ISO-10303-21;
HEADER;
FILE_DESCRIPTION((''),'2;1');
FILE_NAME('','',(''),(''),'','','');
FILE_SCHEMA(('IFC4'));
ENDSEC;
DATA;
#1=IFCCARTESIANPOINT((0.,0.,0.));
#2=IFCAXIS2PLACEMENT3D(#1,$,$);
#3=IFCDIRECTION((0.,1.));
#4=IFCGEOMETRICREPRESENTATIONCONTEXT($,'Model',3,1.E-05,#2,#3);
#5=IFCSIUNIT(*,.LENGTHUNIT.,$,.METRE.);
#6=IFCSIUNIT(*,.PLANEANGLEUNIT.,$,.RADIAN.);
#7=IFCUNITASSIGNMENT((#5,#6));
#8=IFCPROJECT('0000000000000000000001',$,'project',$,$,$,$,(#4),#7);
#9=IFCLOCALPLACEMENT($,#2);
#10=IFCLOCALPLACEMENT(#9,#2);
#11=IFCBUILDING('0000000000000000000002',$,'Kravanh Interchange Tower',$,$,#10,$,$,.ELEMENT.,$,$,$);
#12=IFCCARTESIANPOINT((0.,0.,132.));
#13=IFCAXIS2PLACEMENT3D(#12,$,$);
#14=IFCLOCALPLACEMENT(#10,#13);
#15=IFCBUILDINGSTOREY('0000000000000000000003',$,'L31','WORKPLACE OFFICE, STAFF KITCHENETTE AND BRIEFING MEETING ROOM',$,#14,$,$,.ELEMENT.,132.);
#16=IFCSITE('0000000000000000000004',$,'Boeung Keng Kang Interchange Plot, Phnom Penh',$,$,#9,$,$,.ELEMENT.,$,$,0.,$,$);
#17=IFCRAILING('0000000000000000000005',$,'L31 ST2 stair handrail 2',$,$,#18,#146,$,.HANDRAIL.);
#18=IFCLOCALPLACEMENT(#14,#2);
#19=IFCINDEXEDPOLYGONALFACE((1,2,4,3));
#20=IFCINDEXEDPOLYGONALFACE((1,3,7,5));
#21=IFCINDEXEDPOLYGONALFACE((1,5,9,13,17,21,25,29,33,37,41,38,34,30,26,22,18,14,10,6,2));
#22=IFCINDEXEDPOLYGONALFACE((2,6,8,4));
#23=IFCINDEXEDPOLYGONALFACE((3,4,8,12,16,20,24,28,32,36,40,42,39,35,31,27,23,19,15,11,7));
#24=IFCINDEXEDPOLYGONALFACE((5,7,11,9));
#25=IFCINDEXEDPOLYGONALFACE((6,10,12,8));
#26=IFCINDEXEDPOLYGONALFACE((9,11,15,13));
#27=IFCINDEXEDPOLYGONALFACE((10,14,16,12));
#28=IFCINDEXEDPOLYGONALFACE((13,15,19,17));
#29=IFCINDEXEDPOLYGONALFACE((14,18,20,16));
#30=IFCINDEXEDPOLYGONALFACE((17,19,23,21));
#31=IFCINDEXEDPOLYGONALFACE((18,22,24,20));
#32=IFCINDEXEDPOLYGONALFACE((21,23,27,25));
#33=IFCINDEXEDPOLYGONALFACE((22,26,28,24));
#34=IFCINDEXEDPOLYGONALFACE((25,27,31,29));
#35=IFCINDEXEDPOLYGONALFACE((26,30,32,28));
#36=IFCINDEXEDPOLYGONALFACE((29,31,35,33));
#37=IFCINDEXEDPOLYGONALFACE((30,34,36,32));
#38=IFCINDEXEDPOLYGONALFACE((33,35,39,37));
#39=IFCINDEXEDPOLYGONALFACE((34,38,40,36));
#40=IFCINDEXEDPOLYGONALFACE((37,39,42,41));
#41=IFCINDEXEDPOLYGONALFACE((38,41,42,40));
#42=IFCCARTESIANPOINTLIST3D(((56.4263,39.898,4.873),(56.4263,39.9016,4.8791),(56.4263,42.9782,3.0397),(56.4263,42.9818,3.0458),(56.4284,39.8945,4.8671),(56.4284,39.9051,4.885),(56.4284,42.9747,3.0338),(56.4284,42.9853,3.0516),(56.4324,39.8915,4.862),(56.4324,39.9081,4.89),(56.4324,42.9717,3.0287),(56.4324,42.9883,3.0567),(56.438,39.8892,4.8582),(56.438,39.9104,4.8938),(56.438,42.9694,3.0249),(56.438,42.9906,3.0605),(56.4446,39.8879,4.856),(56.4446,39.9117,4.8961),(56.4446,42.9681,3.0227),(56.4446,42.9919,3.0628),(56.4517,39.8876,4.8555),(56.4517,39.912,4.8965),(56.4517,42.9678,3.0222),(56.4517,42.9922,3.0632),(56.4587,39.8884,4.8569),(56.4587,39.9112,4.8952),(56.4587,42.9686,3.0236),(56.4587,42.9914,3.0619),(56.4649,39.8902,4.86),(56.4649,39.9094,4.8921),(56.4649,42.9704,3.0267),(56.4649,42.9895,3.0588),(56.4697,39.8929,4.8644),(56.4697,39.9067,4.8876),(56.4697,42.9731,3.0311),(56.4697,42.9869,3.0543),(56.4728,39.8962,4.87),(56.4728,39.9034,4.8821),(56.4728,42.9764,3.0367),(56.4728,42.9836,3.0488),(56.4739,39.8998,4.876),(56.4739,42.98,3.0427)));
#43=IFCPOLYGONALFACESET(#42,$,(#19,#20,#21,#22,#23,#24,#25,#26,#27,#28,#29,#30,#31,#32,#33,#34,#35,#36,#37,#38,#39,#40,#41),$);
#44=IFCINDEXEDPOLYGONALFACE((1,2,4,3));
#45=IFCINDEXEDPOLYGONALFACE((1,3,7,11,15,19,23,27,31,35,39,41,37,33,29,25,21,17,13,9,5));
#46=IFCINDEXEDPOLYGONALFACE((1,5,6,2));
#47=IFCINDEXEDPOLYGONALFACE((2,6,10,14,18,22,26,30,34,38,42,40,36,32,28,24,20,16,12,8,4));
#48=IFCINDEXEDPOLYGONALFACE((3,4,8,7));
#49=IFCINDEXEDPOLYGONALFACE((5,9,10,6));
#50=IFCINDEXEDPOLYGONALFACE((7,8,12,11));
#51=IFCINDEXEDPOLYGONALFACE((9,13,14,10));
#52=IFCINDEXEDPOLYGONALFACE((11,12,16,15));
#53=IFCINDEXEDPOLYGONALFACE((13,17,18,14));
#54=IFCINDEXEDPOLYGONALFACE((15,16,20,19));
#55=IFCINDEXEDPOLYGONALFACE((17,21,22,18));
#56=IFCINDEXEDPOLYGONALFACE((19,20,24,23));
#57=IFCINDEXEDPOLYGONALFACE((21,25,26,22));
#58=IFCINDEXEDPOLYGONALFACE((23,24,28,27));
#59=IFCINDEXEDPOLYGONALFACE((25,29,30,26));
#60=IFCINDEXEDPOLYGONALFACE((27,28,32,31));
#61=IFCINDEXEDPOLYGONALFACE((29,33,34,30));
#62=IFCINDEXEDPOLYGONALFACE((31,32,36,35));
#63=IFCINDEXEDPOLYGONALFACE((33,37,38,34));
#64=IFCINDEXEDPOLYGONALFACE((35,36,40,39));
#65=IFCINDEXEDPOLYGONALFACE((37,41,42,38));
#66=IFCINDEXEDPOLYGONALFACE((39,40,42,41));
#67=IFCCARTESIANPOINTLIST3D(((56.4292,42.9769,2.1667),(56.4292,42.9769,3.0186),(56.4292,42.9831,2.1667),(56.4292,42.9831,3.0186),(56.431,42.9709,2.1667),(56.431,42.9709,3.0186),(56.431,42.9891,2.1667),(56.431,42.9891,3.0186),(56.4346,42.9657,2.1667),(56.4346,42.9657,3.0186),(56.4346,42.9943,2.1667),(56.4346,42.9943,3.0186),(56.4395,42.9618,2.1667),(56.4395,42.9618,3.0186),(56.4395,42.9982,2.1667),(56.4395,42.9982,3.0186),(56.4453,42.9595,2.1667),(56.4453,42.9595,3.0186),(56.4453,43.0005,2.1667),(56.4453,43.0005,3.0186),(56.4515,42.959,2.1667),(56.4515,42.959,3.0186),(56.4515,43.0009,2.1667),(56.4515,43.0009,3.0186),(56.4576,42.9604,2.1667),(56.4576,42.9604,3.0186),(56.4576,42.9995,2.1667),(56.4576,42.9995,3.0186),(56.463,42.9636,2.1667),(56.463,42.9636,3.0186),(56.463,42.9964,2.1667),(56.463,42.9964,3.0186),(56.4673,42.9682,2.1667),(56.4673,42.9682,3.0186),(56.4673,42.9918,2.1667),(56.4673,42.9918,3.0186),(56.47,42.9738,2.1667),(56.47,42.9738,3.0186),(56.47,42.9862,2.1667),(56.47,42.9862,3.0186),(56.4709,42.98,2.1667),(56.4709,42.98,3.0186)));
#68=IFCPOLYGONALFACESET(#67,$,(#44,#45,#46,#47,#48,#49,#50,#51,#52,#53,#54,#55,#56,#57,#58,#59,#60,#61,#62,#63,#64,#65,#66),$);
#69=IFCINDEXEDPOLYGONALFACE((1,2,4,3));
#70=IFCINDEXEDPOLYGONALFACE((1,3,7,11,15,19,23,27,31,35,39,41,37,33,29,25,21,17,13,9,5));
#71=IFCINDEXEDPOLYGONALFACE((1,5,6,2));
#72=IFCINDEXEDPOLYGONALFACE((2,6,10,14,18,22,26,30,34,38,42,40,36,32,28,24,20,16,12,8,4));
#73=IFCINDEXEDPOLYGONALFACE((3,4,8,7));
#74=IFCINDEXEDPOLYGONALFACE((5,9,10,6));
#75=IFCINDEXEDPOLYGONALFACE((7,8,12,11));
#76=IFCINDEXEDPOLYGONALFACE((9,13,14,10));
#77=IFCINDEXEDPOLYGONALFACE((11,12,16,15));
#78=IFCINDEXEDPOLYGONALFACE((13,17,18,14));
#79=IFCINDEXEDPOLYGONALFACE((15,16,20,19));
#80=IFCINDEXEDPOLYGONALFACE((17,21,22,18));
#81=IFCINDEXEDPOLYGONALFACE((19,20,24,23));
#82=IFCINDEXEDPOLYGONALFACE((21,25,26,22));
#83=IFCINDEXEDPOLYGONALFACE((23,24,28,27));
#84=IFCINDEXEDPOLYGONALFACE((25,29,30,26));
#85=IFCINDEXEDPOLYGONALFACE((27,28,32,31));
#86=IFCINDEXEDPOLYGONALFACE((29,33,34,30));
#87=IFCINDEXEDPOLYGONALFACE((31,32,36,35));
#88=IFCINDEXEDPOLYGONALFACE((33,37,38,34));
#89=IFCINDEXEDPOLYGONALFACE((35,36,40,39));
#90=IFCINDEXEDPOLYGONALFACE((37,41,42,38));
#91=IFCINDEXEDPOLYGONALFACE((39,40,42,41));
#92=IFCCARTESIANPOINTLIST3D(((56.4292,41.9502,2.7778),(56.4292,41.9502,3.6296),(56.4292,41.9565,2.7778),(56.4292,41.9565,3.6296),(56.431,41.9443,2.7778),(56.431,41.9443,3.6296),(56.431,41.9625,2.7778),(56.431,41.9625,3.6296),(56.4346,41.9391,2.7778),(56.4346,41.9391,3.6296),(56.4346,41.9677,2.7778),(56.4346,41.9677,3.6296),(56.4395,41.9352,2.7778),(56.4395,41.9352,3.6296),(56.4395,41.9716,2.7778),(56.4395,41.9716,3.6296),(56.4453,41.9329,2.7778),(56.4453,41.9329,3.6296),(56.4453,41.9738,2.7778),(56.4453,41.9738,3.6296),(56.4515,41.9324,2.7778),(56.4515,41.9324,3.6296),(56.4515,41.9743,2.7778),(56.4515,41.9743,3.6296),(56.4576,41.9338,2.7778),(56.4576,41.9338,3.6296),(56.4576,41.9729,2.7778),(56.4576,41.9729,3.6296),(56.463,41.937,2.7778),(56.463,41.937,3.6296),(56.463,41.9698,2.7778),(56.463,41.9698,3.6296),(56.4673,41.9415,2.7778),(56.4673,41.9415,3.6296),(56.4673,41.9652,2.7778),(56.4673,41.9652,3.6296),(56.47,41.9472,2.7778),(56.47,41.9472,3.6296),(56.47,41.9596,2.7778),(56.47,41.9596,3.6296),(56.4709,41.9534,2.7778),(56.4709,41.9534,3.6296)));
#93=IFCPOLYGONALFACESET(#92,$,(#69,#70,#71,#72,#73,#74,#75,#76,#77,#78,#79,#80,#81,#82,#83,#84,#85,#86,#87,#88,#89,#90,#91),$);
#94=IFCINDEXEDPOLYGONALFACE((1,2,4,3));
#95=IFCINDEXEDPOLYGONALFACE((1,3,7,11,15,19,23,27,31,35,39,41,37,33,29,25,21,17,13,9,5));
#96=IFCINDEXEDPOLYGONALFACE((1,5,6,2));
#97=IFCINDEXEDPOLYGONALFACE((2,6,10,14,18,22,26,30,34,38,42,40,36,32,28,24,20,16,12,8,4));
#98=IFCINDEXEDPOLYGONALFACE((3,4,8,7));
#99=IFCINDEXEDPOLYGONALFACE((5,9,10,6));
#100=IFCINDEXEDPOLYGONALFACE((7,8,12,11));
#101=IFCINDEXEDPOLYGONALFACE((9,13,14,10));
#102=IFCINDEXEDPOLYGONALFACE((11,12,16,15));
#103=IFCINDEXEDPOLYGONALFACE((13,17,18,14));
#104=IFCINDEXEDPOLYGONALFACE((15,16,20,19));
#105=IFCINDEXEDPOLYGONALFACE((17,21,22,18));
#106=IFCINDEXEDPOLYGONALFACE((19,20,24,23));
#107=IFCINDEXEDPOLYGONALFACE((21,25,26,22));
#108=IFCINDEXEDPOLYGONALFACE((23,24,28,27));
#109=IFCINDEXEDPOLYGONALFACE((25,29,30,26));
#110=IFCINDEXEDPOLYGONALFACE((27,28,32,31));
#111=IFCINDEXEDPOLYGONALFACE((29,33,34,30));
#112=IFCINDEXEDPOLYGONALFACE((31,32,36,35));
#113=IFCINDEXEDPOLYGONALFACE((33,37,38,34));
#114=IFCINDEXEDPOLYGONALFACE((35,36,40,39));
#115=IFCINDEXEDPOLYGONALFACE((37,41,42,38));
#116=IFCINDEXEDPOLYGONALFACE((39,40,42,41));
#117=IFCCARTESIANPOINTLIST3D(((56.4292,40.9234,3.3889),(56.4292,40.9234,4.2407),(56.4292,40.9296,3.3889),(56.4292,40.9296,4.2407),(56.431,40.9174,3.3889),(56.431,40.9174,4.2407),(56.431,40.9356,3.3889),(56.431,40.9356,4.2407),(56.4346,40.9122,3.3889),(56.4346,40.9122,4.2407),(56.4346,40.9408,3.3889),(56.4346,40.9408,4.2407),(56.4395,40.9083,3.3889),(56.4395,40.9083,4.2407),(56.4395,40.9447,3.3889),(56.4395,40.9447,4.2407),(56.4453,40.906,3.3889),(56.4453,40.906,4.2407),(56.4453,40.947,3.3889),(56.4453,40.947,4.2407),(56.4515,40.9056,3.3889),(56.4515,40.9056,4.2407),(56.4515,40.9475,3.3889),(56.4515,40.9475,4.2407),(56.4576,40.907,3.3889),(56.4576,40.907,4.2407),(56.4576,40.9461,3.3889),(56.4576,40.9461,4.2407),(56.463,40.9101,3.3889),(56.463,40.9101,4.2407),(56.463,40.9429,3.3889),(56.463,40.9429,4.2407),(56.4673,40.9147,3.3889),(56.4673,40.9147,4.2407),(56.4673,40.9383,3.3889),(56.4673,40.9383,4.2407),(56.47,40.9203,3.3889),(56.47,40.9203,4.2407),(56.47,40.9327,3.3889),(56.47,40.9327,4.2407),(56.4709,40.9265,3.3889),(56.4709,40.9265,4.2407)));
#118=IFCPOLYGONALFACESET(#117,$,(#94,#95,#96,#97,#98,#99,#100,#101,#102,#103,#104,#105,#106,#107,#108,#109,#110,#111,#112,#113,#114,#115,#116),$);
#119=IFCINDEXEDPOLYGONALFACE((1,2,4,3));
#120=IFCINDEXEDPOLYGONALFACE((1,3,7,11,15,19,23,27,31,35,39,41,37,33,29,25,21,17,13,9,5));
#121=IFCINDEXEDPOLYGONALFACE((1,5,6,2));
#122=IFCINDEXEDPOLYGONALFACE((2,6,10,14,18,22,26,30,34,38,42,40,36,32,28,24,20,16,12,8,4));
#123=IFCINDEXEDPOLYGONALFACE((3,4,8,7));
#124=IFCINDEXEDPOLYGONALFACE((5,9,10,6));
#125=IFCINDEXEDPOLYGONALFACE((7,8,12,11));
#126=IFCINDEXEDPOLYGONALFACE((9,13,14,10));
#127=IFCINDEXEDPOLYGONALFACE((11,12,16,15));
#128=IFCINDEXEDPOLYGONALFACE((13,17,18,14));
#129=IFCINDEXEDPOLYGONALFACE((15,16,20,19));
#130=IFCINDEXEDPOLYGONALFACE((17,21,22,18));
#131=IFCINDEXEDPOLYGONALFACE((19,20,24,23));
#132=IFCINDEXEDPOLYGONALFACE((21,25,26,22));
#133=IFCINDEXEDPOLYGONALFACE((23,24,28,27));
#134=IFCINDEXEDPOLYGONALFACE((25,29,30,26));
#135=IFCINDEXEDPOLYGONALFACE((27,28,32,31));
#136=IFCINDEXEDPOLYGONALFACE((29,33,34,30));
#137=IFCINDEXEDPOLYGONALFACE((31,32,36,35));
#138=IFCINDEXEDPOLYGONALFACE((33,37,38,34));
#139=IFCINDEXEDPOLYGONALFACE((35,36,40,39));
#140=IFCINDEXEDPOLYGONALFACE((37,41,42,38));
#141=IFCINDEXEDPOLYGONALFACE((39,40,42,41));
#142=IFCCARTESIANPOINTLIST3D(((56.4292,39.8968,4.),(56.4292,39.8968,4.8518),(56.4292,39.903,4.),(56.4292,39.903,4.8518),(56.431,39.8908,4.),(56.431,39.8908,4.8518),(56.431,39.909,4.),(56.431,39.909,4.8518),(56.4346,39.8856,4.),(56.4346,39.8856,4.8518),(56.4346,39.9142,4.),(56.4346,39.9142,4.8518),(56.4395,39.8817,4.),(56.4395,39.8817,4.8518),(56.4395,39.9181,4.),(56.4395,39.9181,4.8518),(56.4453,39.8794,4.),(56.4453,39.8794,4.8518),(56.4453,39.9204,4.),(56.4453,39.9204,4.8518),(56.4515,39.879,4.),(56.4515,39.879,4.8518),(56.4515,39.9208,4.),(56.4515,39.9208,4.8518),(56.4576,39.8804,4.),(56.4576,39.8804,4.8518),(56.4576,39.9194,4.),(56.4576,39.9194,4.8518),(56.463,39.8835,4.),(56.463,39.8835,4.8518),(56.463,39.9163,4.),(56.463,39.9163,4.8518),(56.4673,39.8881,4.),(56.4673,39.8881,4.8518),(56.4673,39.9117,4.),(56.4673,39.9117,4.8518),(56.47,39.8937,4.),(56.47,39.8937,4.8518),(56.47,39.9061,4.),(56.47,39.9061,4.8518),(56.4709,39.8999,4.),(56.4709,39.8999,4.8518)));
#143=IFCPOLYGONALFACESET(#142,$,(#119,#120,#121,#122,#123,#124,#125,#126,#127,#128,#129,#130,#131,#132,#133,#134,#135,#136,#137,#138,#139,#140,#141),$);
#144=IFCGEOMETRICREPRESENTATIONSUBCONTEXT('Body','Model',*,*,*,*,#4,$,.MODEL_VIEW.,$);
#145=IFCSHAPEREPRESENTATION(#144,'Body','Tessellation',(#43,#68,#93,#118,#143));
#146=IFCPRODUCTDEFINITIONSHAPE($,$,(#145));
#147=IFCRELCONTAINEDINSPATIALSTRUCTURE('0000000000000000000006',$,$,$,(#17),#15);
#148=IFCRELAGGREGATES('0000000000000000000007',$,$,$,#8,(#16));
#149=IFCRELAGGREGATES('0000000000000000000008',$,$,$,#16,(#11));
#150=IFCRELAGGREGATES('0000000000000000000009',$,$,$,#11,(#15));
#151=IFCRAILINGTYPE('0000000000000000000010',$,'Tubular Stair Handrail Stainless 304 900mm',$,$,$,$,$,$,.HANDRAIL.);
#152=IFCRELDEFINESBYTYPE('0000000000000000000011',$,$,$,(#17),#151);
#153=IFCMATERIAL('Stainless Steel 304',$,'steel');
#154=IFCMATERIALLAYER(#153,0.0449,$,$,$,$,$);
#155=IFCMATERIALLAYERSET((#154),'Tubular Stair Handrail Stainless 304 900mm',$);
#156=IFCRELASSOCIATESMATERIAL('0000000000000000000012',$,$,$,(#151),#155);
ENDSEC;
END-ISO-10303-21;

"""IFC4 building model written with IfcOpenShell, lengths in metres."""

from ifc_helpers import new_model, si_unit, direction, frame, origin, origin_2d, place, context, subcontext, project, spatial, circle, extrude, material, layer, layer_set, type_object, element, save


model = new_model("IFC4")

# Units and contexts
model_context = context("Model", 3, precision=1e-05, world=origin(), true_north=direction((0.0, 1.0)))
body_context = subcontext(model_context, "Body", "Model", "MODEL_VIEW")
ifc_project = project(units=[si_unit("LENGTHUNIT", "METRE"), si_unit("PLANEANGLEUNIT", "RADIAN")], contexts=[model_context])

# Site, building, storey
site_placement = place(None, origin())
site = spatial("IfcSite", under=ifc_project, at=site_placement, Name="Boeung Keng Kang Interchange Plot, Phnom Penh", CompositionType="ELEMENT", RefElevation=0.0)
building_placement = place(site_placement, origin())
building = spatial("IfcBuilding", under=site, at=building_placement, Name="Kravanh Interchange Tower", CompositionType="ELEMENT")
storey_placement = place(building_placement, frame((0.0, 0.0, 132.0)))
storey = spatial("IfcBuildingStorey", under=building, at=storey_placement, Name="L31", Description="WORKPLACE OFFICE, STAFF KITCHENETTE AND BRIEFING MEETING ROOM", CompositionType="ELEMENT", Elevation=132.0)

# Railing
ifc_material_1 = material(Name="Stainless Steel 304", Category="steel")
ifc_layer_1 = layer(ifc_material_1, 0.0449)
ifc_layer_set_1 = layer_set([ifc_layer_1], Name="Tubular Stair Handrail Stainless 304 900mm")
railing_type_1 = type_object("IfcRailingType", Name="Tubular Stair Handrail Stainless 304 900mm", PredefinedType="HANDRAIL", material=ifc_layer_set_1)
railing_1_placement = place(storey_placement, frame((56.45, 42.98, 2.1667)))
element("IfcRailing", 1, at=railing_1_placement, inside=storey, type_object=railing_type_1, Name="L31 ST2 stair handrail 2", PredefinedType="HANDRAIL", context=body_context, shape_type="SweptSolid", body=[
    extrude(circle(Radius=0.0239, at=origin_2d()), frame((0.0, 0.0, 0.876), z_axis=(0.0, -0.859309, 0.511458), x_axis=(1.0, 0.0, 0.0)), (0.0, 0.0, 1.0), 3.5845),
    extrude(circle(Radius=0.021, at=origin_2d()), origin(), (0.0, 0.0, 1.0), 0.8518),
    extrude(circle(Radius=0.021, at=origin_2d()), frame((0.0, -1.0266, 0.6111)), (0.0, 0.0, 1.0), 0.8518),
    extrude(circle(Radius=0.021, at=origin_2d()), frame((0.0, -2.0535, 1.2222)), (0.0, 0.0, 1.0), 0.8518),
    extrude(circle(Radius=0.021, at=origin_2d()), frame((0.0, -3.0801, 1.8333)), (0.0, 0.0, 1.0), 0.8518),
])

save(model, "model.ifc")
